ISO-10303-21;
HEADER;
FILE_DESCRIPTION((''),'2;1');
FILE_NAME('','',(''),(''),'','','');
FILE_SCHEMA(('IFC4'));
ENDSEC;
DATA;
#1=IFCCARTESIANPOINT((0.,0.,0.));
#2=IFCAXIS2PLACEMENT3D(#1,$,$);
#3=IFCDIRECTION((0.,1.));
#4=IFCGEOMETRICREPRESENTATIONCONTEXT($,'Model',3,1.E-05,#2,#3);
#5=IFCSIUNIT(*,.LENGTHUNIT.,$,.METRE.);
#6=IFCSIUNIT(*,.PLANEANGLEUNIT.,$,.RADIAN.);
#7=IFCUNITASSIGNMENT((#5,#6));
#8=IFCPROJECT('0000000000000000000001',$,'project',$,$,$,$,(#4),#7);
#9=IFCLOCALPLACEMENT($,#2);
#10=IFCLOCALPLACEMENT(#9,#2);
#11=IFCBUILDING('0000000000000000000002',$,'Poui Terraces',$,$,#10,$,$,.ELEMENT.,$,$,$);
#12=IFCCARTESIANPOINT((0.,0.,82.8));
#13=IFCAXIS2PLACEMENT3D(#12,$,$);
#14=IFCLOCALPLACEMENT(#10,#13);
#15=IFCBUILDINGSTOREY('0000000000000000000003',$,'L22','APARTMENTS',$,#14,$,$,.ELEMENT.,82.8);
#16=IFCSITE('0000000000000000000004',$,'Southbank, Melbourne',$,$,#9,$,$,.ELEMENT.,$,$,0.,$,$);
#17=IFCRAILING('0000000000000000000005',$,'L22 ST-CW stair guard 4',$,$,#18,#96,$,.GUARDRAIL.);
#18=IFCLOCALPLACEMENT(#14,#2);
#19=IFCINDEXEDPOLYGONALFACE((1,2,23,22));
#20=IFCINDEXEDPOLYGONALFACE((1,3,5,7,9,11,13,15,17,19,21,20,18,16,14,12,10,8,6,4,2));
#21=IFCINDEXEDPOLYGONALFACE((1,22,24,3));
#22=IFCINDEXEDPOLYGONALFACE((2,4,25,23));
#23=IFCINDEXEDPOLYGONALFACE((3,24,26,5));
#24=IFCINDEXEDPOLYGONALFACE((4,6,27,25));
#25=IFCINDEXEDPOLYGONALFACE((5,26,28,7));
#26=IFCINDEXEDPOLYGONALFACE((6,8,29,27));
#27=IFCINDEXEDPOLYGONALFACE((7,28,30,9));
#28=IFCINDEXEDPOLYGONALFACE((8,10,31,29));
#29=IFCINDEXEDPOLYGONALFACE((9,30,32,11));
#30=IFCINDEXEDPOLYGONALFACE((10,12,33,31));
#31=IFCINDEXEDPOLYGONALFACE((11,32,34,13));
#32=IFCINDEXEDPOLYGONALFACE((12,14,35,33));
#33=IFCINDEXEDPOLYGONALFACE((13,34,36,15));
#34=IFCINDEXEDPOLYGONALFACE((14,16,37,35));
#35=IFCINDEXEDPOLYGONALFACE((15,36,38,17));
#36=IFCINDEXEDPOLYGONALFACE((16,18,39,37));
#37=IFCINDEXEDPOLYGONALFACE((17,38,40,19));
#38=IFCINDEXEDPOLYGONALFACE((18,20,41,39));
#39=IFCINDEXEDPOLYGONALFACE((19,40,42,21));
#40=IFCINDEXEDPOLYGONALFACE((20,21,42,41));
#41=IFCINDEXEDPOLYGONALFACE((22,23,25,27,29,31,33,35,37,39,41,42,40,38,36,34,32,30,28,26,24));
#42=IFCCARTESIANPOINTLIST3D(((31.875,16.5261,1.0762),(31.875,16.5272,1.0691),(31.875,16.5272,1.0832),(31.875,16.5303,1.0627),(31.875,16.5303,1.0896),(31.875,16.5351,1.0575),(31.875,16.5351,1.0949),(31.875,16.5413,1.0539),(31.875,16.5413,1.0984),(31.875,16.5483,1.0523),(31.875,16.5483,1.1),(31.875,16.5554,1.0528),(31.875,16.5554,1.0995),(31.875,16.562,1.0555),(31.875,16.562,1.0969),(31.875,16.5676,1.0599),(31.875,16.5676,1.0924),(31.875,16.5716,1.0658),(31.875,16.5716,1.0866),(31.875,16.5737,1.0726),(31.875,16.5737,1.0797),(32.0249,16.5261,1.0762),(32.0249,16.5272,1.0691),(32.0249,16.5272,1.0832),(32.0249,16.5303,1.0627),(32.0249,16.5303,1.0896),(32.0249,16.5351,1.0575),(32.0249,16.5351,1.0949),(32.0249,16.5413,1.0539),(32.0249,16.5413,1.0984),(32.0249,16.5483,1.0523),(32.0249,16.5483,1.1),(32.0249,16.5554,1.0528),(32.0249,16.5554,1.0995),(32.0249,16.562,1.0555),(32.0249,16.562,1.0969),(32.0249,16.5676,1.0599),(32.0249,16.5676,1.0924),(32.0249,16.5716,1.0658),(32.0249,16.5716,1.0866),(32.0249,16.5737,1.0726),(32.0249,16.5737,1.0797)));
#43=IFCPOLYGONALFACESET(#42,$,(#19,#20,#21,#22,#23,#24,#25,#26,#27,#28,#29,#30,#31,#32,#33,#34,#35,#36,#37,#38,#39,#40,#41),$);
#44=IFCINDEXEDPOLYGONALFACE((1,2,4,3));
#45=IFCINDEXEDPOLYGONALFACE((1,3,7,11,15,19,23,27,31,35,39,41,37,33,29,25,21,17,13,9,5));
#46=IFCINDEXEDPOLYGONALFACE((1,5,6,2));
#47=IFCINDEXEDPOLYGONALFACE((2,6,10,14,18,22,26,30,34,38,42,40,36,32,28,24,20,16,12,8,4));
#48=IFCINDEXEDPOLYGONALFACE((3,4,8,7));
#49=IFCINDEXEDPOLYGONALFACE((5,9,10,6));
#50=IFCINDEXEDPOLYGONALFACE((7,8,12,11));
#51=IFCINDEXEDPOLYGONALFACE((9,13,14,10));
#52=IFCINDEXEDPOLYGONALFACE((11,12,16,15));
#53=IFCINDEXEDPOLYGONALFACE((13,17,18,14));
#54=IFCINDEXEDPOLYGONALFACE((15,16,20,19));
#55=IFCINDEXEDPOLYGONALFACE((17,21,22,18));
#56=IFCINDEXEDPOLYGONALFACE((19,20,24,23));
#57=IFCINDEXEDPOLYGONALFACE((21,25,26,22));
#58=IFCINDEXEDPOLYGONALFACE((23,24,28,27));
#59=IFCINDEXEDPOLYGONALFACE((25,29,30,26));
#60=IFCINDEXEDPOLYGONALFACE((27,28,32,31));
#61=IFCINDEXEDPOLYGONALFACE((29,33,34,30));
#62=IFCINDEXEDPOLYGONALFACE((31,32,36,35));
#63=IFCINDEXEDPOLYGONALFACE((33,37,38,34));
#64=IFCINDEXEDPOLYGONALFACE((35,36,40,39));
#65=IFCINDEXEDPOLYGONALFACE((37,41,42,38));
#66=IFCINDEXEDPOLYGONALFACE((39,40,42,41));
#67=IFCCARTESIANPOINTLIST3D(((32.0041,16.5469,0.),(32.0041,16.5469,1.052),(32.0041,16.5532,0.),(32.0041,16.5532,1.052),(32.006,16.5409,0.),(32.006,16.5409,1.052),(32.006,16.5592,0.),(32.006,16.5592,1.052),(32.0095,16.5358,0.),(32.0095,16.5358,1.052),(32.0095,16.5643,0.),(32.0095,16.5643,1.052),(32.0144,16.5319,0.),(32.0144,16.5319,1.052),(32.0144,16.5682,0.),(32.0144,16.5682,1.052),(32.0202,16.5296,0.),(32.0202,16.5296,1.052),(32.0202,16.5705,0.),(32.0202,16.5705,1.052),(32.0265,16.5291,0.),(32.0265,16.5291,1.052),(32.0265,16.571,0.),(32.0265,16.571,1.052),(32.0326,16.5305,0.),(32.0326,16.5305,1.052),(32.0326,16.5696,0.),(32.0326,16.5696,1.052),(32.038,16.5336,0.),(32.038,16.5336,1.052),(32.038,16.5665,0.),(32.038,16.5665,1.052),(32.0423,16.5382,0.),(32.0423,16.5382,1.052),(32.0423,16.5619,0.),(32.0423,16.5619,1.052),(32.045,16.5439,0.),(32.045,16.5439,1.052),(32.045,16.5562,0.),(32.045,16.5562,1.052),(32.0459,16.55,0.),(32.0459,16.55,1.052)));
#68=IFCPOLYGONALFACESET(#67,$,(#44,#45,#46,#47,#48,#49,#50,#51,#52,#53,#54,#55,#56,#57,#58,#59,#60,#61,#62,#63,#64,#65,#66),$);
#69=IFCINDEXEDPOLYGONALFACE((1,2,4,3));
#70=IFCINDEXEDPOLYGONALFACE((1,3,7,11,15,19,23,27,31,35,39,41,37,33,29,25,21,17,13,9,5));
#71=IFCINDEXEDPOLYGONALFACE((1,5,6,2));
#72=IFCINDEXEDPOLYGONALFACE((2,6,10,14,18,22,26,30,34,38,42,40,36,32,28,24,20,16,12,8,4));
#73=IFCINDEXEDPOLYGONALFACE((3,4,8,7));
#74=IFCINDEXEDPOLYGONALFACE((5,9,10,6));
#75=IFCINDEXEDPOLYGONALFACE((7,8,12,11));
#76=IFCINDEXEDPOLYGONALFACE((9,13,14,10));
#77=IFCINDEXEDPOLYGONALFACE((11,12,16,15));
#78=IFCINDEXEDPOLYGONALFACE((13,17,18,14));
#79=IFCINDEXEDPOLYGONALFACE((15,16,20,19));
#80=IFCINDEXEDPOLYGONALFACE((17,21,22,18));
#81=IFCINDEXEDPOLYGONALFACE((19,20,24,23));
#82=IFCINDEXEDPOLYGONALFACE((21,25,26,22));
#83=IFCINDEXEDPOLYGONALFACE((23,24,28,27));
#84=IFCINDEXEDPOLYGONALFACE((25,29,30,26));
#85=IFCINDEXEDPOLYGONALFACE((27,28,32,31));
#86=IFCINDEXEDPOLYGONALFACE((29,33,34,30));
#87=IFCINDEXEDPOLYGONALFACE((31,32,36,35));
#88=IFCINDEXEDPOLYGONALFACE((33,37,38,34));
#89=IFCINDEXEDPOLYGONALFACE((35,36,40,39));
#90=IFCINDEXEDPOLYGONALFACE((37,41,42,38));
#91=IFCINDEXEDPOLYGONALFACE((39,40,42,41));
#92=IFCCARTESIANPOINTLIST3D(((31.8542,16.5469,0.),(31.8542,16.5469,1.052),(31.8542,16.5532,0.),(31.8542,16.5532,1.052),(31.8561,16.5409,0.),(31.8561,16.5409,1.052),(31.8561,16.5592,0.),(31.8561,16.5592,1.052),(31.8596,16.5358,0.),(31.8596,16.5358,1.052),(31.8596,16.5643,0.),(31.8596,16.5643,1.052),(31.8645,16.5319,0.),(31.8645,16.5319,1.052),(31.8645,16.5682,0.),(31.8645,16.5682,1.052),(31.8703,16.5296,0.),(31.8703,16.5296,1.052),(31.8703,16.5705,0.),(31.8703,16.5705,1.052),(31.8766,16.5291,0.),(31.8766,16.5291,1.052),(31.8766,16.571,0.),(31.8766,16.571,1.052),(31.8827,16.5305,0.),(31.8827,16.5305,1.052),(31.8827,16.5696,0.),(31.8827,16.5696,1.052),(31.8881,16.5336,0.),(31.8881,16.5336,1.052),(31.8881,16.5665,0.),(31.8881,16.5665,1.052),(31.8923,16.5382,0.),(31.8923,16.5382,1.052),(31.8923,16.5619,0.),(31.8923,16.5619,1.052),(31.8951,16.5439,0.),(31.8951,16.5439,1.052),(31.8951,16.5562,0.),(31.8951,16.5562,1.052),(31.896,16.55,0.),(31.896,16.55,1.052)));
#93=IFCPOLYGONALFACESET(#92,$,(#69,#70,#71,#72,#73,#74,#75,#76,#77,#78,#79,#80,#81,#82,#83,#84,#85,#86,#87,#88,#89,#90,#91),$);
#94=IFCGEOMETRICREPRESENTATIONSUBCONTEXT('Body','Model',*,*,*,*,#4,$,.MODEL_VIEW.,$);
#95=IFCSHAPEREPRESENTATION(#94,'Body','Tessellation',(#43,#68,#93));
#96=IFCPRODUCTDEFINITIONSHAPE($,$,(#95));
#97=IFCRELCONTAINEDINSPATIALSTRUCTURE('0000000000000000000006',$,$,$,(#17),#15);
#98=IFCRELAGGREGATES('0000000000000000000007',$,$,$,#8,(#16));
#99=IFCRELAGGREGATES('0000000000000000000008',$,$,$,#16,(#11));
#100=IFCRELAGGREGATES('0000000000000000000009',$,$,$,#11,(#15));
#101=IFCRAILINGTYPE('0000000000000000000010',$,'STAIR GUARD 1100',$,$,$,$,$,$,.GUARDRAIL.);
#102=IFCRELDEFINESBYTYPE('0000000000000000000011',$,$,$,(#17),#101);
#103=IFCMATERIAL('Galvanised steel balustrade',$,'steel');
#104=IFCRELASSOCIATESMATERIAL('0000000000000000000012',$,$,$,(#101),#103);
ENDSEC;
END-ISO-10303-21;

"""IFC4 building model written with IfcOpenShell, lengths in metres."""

from ifc_helpers import new_model, si_unit, direction, frame, origin, origin_2d, place, context, subcontext, project, spatial, circle, extrude, material, type_object, element, save


model = new_model("IFC4")

# Units and contexts
model_context = context("Model", 3, precision=1e-05, world=origin(), true_north=direction((0.0, 1.0)))
body_context = subcontext(model_context, "Body", "Model", "MODEL_VIEW")
ifc_project = project(units=[si_unit("LENGTHUNIT", "METRE"), si_unit("PLANEANGLEUNIT", "RADIAN")], contexts=[model_context])

# Site, building, storey
site_placement = place(None, origin())
site = spatial("IfcSite", under=ifc_project, at=site_placement, Name="Southbank, Melbourne", CompositionType="ELEMENT", RefElevation=0.0)
building_placement = place(site_placement, origin())
building = spatial("IfcBuilding", under=site, at=building_placement, Name="Poui Terraces", CompositionType="ELEMENT")
storey_placement = place(building_placement, frame((0.0, 0.0, 82.8)))
storey = spatial("IfcBuildingStorey", under=building, at=storey_placement, Name="L22", Description="APARTMENTS", CompositionType="ELEMENT", Elevation=82.8)

# Railing
ifc_material_1 = material(Name="Galvanised steel balustrade", Category="steel")
railing_type_1 = type_object("IfcRailingType", Name="STAIR GUARD 1100", PredefinedType="GUARDRAIL", material=ifc_material_1)
railing_1_placement = place(storey_placement, frame((32.0249, 16.55, 0.0)))
element("IfcRailing", 1, at=railing_1_placement, inside=storey, type_object=railing_type_1, Name="L22 ST-CW stair guard 4", PredefinedType="GUARDRAIL", context=body_context, shape_type="SweptSolid", body=[
    extrude(circle(Radius=0.0239, at=origin_2d()), frame((0.0, 0.0, 1.0762), z_axis=(-1.0, 0.0, 0.0), x_axis=(0.0, -1.0, 0.0)), (0.0, 0.0, 1.0), 0.1499),
    extrude(circle(Radius=0.021, at=origin_2d()), origin(), (0.0, 0.0, 1.0), 1.052),
    extrude(circle(Radius=0.021, at=origin_2d()), frame((-0.1499, 0.0, 0.0)), (0.0, 0.0, 1.0), 1.052),
])

save(model, "model.ifc")
